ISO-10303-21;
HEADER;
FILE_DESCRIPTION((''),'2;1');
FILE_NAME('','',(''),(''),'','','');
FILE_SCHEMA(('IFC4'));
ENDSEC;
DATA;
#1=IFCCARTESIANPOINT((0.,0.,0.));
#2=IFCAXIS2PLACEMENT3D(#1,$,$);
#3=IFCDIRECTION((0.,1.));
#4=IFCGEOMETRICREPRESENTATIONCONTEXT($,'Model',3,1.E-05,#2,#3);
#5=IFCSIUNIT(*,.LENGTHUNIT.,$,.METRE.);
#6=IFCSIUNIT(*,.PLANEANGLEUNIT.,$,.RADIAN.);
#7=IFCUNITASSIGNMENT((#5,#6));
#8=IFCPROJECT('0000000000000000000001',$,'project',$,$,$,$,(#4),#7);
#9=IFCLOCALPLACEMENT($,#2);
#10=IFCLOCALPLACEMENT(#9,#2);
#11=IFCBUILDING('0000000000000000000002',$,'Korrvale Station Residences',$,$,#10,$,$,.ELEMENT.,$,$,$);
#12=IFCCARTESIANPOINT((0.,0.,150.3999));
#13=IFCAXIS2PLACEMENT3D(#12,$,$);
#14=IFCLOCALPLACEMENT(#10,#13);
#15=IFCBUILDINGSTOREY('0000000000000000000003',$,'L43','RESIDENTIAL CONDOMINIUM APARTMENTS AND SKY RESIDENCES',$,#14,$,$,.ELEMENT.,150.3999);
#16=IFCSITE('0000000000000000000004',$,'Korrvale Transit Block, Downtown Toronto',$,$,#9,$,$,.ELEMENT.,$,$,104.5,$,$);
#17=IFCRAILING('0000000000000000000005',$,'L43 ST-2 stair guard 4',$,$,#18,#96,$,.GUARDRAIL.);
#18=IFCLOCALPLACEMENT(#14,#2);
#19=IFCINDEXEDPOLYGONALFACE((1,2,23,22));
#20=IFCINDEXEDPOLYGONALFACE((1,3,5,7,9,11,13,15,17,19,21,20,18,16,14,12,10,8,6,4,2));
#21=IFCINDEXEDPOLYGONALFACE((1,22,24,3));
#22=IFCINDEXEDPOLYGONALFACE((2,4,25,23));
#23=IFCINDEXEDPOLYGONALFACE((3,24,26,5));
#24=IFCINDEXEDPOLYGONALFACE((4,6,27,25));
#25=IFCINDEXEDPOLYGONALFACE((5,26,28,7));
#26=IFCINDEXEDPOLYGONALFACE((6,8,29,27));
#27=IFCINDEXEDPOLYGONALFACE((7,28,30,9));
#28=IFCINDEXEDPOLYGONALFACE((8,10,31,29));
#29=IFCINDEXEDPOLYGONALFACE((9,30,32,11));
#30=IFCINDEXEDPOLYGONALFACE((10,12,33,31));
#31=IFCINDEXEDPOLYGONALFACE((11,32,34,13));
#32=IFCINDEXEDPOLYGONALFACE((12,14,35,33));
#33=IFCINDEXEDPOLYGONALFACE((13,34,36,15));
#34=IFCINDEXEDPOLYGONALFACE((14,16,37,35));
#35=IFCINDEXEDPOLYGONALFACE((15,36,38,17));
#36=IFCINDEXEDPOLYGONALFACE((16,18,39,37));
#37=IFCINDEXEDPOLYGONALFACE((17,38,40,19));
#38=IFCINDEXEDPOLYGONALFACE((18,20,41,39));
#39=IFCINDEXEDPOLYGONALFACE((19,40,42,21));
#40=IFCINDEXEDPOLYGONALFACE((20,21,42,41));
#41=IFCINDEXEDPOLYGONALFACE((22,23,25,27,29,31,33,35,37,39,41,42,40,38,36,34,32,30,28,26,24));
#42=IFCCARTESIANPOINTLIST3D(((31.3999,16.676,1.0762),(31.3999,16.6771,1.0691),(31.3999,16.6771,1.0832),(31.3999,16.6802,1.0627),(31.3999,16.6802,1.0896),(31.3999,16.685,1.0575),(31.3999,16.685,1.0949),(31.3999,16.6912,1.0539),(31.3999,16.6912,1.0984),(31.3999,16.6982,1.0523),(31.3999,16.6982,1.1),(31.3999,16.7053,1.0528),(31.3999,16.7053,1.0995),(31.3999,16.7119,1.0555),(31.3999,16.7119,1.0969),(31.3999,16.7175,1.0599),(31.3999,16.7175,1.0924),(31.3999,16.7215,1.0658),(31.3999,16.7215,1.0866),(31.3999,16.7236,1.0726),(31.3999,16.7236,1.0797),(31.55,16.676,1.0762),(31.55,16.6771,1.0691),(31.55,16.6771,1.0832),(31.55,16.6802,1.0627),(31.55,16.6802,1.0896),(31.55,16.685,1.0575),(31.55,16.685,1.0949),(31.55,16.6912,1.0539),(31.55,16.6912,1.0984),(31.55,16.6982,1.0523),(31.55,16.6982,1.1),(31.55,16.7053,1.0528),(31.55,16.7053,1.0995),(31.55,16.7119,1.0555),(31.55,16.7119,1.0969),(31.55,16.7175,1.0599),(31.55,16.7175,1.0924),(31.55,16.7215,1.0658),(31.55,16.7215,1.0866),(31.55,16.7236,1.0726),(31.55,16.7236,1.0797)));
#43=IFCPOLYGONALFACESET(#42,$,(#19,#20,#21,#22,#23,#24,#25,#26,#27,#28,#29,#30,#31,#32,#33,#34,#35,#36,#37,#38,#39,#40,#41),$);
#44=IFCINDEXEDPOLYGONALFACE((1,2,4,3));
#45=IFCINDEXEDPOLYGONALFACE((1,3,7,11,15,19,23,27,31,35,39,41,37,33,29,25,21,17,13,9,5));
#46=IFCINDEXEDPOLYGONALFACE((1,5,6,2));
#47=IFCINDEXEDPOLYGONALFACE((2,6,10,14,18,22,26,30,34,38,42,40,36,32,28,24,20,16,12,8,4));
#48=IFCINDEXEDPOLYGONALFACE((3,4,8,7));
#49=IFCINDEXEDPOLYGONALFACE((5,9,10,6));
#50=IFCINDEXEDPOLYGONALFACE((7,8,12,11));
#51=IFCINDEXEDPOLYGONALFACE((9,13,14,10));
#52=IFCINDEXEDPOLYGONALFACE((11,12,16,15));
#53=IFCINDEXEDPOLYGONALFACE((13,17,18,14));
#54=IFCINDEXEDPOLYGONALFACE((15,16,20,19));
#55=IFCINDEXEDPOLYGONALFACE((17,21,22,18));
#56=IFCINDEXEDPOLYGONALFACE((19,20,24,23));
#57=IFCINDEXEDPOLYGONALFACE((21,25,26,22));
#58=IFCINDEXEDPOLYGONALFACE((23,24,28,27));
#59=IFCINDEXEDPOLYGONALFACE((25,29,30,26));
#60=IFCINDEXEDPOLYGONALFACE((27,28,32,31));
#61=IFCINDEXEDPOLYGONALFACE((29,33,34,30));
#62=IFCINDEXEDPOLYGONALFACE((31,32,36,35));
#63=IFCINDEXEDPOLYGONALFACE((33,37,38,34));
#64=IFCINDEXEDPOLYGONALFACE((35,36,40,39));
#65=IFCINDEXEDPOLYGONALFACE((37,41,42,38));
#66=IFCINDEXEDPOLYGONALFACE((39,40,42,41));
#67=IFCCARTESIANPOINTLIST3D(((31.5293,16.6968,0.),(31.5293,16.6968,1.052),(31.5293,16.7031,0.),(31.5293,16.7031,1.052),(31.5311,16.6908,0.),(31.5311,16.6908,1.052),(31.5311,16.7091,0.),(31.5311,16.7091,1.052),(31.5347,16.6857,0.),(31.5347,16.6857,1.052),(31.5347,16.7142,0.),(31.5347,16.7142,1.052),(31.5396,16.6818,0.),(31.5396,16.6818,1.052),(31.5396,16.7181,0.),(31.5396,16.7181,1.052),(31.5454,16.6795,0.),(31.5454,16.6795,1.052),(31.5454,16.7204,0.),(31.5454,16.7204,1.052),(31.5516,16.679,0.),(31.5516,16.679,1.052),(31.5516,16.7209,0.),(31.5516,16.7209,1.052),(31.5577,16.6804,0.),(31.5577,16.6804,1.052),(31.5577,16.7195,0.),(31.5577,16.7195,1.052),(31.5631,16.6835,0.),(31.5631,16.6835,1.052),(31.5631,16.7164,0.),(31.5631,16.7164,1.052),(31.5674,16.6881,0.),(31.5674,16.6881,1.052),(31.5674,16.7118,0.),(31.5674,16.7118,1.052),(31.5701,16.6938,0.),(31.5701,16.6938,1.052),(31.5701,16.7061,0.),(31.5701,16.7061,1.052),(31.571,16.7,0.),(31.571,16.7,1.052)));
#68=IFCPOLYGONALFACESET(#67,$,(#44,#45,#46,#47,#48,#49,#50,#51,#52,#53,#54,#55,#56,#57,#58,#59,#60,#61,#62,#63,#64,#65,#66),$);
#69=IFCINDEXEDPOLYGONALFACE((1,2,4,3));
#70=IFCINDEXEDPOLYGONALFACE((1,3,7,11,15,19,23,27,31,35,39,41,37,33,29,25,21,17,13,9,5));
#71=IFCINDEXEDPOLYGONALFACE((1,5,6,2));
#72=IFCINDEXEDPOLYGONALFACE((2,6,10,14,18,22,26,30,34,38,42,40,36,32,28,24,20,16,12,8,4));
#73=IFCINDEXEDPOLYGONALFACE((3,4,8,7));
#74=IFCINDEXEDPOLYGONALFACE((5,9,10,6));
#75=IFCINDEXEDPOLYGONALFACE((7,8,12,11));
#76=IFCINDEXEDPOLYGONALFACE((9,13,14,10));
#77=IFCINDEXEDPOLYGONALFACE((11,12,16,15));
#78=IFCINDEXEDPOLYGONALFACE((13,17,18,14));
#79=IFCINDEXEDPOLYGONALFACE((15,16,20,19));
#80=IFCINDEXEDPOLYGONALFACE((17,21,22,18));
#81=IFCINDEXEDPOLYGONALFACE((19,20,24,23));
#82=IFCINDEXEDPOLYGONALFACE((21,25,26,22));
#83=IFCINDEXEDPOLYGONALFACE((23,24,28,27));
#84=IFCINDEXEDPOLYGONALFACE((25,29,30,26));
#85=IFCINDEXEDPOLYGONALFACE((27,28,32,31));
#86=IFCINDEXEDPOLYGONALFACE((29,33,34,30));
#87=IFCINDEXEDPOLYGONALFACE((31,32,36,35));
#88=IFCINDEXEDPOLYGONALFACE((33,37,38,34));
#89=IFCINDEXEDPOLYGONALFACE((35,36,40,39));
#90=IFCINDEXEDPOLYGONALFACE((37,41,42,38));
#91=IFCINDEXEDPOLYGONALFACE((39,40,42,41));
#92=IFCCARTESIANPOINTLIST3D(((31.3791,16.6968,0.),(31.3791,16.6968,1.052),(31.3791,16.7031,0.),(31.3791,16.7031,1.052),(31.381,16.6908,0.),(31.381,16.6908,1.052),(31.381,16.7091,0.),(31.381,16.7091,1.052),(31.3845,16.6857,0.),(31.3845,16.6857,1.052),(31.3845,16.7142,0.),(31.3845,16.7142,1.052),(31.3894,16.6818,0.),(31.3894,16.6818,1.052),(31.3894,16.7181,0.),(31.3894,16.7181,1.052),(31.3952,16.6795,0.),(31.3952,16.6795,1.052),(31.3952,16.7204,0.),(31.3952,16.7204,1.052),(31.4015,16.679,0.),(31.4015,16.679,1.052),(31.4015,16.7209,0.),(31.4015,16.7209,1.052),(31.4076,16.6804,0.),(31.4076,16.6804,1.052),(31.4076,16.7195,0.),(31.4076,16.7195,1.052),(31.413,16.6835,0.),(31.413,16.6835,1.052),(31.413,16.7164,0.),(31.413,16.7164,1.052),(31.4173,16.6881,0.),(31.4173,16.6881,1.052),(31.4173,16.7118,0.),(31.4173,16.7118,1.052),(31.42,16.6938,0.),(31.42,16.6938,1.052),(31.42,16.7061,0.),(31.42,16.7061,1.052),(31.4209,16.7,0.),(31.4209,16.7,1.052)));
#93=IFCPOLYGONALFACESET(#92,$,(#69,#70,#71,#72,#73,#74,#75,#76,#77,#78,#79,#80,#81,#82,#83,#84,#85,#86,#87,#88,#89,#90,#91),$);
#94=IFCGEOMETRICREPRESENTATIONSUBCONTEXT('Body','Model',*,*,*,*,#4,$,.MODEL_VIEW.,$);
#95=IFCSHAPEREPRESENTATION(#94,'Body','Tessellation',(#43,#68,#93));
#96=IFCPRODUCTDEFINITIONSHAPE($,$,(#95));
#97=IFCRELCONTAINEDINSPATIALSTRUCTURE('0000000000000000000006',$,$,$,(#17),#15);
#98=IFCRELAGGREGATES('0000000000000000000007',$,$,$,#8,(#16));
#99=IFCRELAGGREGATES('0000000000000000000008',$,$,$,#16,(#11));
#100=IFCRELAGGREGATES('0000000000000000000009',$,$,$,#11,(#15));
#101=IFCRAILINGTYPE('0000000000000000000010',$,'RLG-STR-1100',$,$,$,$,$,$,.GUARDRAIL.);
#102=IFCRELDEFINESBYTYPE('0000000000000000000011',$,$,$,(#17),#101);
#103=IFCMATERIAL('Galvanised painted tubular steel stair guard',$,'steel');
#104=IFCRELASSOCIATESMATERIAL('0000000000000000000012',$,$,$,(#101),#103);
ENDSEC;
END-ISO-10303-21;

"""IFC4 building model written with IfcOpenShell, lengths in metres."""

from ifc_helpers import new_model, si_unit, direction, frame, origin, origin_2d, place, context, subcontext, project, spatial, circle, extrude, material, type_object, element, save


model = new_model("IFC4")

# Units and contexts
model_context = context("Model", 3, precision=1e-05, world=origin(), true_north=direction((0.0, 1.0)))
body_context = subcontext(model_context, "Body", "Model", "MODEL_VIEW")
ifc_project = project(units=[si_unit("LENGTHUNIT", "METRE"), si_unit("PLANEANGLEUNIT", "RADIAN")], contexts=[model_context])

# Site, building, storey
site_placement = place(None, origin())
site = spatial("IfcSite", under=ifc_project, at=site_placement, Name="Korrvale Transit Block, Downtown Toronto", CompositionType="ELEMENT", RefElevation=104.5)
building_placement = place(site_placement, origin())
building = spatial("IfcBuilding", under=site, at=building_placement, Name="Korrvale Station Residences", CompositionType="ELEMENT")
storey_placement = place(building_placement, frame((0.0, 0.0, 150.3999)))
storey = spatial("IfcBuildingStorey", under=building, at=storey_placement, Name="L43", Description="RESIDENTIAL CONDOMINIUM APARTMENTS AND SKY RESIDENCES", CompositionType="ELEMENT", Elevation=150.3999)

# Railing
ifc_material_1 = material(Name="Galvanised painted tubular steel stair guard", Category="steel")
railing_type_1 = type_object("IfcRailingType", Name="RLG-STR-1100", PredefinedType="GUARDRAIL", material=ifc_material_1)
railing_1_placement = place(storey_placement, frame((31.55, 16.7, 0.0)))
element("IfcRailing", 1, at=railing_1_placement, inside=storey, type_object=railing_type_1, Name="L43 ST-2 stair guard 4", PredefinedType="GUARDRAIL", context=body_context, shape_type="SweptSolid", body=[
    extrude(circle(Radius=0.0239, at=origin_2d()), frame((0.0, 0.0, 1.0762), z_axis=(-1.0, 0.0, 0.0), x_axis=(0.0, -1.0, 0.0)), (0.0, 0.0, 1.0), 0.1501),
    extrude(circle(Radius=0.021, at=origin_2d()), origin(), (0.0, 0.0, 1.0), 1.052),
    extrude(circle(Radius=0.021, at=origin_2d()), frame((-0.1501, 0.0, 0.0)), (0.0, 0.0, 1.0), 1.052),
])

save(model, "model.ifc")
